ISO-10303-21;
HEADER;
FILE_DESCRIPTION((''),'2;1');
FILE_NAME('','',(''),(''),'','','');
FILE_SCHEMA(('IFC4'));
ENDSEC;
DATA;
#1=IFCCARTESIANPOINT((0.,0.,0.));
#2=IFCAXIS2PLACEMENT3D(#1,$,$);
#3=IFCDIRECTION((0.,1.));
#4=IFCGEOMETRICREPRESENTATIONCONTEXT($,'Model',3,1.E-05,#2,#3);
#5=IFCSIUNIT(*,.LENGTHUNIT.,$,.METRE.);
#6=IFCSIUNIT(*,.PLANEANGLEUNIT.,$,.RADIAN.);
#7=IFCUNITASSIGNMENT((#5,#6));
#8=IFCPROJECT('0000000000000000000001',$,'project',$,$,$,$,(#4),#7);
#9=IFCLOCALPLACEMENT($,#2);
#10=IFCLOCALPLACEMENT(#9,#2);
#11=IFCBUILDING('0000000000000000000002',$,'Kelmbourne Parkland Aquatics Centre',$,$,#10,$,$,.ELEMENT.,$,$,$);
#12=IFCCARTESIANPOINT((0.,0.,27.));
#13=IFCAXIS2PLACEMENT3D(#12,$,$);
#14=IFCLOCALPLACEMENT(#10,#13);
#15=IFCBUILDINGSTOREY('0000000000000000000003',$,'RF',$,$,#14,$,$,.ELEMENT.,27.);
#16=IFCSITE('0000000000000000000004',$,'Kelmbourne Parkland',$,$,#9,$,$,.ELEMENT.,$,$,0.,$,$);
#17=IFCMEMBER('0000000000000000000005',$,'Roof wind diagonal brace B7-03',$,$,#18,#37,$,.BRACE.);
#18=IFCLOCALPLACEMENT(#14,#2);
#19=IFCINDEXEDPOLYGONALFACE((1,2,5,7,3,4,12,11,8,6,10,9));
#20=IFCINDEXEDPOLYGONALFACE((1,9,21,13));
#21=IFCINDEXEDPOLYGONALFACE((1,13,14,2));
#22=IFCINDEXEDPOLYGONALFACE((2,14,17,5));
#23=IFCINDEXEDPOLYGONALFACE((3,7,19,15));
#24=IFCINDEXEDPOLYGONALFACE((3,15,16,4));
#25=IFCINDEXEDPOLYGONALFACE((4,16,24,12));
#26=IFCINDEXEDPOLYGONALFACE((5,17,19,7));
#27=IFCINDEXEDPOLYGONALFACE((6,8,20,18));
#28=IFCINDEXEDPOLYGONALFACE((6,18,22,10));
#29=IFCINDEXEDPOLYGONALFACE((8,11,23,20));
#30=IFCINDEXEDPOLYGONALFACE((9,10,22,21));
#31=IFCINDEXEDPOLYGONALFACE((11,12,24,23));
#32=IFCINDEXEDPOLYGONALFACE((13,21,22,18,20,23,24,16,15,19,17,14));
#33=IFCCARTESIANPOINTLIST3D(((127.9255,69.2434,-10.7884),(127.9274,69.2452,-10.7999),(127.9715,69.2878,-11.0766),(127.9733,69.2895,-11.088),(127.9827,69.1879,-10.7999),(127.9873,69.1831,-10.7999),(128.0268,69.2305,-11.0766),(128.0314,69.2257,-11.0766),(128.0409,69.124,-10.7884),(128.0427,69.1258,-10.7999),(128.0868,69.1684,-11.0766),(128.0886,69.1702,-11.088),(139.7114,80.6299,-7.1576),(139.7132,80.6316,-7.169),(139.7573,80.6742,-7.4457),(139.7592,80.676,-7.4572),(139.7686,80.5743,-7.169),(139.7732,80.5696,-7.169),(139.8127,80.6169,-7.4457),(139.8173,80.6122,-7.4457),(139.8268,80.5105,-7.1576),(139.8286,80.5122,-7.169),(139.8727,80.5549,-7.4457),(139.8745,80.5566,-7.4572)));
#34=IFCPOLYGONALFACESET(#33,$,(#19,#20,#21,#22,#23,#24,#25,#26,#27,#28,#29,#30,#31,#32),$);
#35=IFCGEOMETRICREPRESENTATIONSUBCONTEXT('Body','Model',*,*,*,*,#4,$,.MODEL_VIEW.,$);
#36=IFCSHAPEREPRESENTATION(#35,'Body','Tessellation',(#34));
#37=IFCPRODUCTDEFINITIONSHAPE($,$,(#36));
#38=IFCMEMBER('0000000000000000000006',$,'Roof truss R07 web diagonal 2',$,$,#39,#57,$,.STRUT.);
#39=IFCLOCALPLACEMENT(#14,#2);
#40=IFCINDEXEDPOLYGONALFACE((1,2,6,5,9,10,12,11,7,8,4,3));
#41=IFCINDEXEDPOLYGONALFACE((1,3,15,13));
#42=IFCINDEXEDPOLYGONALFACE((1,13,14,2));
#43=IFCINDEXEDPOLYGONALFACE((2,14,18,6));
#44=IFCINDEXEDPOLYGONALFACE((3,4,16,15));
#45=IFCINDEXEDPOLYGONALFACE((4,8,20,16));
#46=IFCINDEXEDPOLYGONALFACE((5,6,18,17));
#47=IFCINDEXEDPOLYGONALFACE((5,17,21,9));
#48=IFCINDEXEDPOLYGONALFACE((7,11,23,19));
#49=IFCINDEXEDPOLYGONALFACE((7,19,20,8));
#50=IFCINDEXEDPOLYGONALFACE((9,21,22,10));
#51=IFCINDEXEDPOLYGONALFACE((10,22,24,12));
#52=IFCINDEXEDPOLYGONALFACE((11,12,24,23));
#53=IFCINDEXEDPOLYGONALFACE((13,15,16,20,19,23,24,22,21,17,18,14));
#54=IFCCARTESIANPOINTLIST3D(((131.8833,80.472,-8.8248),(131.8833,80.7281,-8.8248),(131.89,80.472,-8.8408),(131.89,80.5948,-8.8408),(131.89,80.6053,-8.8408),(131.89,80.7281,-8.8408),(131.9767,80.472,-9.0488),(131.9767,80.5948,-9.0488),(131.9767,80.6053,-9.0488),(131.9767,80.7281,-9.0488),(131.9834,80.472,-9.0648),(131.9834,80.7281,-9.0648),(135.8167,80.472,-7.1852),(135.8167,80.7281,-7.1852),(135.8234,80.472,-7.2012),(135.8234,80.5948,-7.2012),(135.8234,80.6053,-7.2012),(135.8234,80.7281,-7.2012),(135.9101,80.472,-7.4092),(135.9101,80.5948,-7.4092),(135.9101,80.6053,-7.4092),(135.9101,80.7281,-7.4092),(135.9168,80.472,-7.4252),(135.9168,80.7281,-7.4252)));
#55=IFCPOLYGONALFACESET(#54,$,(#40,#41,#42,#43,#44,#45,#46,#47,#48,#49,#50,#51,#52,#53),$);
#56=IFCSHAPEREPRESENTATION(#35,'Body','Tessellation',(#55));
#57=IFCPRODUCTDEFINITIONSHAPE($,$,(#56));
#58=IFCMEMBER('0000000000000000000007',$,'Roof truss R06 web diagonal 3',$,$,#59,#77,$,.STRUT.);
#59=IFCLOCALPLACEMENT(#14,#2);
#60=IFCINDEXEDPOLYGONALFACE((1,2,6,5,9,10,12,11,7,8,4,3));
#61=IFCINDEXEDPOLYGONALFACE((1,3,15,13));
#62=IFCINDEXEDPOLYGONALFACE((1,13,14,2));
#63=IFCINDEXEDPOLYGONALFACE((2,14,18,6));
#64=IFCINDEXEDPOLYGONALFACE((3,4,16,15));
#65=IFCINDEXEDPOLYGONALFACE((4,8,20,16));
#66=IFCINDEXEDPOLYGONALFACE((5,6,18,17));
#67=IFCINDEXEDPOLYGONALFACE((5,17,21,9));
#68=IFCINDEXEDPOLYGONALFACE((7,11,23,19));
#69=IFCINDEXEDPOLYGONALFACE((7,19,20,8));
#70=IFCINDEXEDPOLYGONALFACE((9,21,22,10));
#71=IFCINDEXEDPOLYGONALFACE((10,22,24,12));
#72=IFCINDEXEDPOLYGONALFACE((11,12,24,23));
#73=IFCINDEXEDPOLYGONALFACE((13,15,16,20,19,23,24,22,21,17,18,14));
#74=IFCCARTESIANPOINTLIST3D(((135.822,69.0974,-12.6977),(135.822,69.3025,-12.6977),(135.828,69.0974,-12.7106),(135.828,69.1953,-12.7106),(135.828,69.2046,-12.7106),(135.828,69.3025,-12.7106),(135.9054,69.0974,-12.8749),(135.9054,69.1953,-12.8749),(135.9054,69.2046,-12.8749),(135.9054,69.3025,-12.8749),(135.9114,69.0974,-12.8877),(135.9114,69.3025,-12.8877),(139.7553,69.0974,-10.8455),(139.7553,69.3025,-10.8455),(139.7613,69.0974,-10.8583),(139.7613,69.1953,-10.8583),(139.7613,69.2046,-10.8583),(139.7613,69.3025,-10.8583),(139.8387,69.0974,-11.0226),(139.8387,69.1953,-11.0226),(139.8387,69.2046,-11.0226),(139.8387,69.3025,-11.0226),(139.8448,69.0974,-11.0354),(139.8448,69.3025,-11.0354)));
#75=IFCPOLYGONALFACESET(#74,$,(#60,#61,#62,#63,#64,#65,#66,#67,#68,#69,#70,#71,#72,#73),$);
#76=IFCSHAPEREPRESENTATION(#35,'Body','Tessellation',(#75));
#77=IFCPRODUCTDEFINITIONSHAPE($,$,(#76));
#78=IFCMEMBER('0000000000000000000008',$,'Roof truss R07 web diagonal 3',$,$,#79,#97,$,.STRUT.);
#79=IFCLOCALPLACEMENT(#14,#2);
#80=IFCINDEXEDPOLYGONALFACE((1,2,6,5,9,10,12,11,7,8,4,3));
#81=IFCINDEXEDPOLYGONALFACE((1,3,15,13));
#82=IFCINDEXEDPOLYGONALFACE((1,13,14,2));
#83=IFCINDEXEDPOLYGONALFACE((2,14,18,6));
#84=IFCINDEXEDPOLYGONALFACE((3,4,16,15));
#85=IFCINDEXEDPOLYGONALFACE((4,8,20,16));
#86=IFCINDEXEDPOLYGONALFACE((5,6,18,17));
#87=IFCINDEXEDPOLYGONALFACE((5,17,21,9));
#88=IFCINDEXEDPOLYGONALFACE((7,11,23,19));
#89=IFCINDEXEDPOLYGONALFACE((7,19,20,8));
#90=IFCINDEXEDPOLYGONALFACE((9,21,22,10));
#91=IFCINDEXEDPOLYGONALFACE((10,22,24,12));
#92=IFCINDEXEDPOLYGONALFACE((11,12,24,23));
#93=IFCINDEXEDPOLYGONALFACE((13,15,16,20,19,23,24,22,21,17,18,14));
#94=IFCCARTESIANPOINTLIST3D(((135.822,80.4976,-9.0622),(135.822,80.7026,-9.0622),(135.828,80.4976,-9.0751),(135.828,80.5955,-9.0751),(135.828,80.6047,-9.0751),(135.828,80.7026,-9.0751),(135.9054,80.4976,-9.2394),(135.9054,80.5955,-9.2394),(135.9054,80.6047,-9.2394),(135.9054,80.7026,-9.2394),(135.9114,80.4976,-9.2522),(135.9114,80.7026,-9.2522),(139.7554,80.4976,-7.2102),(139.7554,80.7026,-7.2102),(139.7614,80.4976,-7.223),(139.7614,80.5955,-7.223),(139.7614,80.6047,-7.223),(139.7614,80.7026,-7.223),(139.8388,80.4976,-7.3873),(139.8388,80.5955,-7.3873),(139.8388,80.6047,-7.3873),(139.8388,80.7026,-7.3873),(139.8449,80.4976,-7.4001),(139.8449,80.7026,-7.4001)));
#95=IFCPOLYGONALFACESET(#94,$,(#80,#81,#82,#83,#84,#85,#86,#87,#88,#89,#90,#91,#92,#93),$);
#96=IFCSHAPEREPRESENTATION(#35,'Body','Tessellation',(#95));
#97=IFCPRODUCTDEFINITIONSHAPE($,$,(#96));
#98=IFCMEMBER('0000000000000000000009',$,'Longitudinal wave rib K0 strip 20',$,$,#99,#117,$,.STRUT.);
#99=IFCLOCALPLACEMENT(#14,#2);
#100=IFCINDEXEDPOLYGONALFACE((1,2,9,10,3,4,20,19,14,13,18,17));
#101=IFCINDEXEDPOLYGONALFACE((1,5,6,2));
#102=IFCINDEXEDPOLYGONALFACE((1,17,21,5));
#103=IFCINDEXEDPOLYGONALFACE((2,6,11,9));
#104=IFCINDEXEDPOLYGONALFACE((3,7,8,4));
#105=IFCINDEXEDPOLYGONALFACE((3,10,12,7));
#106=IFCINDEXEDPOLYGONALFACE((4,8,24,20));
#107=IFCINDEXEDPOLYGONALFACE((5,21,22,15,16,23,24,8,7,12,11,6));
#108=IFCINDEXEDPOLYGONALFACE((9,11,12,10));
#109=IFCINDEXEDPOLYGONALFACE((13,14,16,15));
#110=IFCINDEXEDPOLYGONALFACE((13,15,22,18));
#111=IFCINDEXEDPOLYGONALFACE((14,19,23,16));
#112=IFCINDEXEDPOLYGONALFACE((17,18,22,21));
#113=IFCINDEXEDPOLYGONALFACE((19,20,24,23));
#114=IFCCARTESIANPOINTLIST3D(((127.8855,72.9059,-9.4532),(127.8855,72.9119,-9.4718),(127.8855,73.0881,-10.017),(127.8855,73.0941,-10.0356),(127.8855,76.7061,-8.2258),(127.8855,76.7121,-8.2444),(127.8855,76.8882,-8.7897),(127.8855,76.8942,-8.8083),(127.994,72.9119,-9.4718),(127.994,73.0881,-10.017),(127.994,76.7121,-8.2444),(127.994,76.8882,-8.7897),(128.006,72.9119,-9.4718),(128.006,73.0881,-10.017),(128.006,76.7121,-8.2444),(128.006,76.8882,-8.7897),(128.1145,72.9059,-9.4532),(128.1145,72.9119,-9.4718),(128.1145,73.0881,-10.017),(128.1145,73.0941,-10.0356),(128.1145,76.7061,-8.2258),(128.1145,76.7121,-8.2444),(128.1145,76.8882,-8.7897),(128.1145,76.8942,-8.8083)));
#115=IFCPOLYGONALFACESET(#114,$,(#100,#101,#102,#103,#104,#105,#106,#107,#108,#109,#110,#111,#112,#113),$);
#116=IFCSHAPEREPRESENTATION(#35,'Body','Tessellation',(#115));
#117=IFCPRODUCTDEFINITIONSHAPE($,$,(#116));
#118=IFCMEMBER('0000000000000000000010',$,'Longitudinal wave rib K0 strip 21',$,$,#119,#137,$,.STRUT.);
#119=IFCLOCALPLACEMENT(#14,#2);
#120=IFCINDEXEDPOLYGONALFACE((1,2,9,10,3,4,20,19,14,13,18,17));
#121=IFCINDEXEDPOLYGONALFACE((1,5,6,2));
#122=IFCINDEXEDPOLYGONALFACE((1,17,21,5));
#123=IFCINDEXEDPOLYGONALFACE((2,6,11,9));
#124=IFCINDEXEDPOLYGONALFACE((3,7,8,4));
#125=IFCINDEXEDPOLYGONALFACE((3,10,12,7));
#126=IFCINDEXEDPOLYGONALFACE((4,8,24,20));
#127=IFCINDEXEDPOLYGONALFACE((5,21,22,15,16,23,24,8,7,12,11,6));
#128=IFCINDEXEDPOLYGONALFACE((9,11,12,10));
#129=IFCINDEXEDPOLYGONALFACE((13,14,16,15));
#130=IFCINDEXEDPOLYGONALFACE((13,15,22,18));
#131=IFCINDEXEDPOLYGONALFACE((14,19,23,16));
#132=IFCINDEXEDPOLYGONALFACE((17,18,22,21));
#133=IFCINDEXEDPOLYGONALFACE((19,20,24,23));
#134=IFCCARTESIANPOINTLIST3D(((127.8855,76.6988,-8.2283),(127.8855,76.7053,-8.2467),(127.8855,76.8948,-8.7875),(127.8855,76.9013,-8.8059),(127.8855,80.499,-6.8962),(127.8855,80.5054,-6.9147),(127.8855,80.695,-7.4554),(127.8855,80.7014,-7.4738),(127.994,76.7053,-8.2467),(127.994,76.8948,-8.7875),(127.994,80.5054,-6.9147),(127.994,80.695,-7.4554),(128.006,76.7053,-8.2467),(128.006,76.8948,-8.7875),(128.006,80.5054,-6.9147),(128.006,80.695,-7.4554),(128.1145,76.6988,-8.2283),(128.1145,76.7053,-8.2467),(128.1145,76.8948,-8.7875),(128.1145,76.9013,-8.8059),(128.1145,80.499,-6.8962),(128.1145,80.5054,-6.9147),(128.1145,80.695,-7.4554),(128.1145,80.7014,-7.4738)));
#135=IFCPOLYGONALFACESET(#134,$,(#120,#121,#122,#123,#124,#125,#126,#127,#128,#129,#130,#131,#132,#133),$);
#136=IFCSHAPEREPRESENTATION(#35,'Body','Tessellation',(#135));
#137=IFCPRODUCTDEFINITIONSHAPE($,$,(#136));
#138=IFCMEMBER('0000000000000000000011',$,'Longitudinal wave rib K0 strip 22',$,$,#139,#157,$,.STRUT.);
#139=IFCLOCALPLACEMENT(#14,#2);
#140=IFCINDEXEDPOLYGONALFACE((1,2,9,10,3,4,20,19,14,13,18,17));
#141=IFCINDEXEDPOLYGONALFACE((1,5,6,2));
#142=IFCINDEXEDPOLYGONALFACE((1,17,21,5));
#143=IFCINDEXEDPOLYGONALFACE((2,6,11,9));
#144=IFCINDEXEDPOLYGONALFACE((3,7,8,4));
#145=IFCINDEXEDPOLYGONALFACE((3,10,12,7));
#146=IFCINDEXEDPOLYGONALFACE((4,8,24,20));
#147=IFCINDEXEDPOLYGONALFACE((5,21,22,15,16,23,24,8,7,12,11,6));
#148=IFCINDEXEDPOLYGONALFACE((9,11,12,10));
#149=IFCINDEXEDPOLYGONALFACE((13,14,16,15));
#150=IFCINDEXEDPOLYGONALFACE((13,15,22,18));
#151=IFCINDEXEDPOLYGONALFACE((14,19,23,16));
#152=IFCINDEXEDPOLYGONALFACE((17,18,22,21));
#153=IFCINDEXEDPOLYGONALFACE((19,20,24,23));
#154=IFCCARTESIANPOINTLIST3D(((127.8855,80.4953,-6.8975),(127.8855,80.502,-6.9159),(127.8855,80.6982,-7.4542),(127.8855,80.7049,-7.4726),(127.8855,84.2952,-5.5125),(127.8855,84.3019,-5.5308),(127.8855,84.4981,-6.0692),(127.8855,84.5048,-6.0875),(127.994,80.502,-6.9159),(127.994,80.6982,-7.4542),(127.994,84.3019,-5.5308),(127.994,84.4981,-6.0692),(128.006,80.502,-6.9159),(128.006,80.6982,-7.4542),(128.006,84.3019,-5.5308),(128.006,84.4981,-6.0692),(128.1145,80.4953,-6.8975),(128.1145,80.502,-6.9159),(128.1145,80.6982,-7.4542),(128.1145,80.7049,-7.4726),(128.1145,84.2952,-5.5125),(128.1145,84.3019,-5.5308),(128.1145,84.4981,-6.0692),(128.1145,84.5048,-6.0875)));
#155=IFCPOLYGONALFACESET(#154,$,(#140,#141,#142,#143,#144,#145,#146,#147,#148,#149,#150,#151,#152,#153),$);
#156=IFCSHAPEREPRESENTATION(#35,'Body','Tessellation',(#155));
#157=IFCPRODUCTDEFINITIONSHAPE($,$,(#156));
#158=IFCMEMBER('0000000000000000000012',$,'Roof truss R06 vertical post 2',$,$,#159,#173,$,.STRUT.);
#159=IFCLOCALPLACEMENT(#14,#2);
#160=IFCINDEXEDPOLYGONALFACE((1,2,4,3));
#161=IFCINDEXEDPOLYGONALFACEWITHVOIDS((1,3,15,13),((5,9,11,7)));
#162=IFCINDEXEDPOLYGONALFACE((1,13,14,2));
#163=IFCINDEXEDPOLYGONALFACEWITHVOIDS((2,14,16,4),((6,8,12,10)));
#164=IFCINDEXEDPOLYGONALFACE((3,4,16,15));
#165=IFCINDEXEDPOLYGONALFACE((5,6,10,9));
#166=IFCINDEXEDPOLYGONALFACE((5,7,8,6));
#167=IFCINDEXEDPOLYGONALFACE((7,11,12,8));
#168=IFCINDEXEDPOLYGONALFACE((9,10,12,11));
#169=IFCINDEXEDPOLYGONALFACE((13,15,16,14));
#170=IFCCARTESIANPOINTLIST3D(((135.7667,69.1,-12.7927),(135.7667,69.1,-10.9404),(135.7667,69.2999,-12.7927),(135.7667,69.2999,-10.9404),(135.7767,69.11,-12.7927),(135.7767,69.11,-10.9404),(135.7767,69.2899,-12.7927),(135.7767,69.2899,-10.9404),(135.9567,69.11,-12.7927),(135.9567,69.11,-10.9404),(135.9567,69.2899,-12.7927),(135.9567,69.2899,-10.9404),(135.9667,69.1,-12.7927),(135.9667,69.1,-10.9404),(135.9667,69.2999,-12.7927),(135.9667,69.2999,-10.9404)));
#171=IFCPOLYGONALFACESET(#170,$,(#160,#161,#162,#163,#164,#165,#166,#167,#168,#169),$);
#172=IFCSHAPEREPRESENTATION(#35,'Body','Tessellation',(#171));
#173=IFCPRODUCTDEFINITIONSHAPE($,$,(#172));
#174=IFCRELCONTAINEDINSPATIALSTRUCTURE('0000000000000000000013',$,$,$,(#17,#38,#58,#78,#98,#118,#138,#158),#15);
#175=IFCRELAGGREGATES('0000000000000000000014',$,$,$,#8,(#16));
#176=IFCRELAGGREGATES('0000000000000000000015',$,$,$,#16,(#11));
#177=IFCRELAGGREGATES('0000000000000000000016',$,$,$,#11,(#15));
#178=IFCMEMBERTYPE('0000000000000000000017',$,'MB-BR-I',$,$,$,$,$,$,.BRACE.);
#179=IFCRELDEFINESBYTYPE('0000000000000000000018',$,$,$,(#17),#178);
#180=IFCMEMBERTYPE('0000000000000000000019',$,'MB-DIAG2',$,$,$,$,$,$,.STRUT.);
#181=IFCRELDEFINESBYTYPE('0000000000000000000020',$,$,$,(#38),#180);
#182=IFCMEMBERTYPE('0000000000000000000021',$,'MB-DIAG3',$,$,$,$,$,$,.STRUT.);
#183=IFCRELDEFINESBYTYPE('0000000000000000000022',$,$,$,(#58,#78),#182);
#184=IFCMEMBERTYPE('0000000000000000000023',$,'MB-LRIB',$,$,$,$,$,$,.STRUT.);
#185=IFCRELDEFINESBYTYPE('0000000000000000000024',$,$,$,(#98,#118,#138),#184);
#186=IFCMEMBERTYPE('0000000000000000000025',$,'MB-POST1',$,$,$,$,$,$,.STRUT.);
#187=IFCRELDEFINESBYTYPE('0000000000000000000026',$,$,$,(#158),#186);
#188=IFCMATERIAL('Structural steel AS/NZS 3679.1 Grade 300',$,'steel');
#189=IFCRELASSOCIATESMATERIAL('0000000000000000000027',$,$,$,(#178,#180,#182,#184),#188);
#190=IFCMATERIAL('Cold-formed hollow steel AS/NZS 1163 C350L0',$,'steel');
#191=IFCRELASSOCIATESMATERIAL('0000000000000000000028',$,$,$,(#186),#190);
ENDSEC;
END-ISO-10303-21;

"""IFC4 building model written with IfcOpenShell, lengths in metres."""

from ifc_helpers import new_model, si_unit, direction, frame, origin, origin_2d, place, context, subcontext, project, spatial, hollow_rectangle, i_section, extrude, material, material_profile, profile_set, type_object, element, save


model = new_model("IFC4")

# Units and contexts
model_context = context("Model", 3, precision=1e-05, world=origin(), true_north=direction((0.0, 1.0)))
body_context = subcontext(model_context, "Body", "Model", "MODEL_VIEW")
ifc_project = project(units=[si_unit("LENGTHUNIT", "METRE"), si_unit("PLANEANGLEUNIT", "RADIAN")], contexts=[model_context])

# Site, building, storey
site_placement = place(None, origin())
site = spatial("IfcSite", under=ifc_project, at=site_placement, Name="Kelmbourne Parkland", CompositionType="ELEMENT", RefElevation=0.0)
building_placement = place(site_placement, origin())
building = spatial("IfcBuilding", under=site, at=building_placement, Name="Kelmbourne Parkland Aquatics Centre", CompositionType="ELEMENT")
storey_placement = place(building_placement, frame((0.0, 0.0, 27.0)))
storey = spatial("IfcBuildingStorey", under=building, at=storey_placement, Name="RF", CompositionType="ELEMENT", Elevation=27.0)

# Members
ifc_material_1 = material(Name="Structural steel AS/NZS 3679.1 Grade 300", Category="steel")
ifc_material_profile_1 = material_profile(ifc_material_1, i_section(OverallWidth=0.166, OverallDepth=0.3069, WebThickness=0.0066, FlangeThickness=0.0117, at=origin_2d()), Name="310UB46.2")
ifc_profile_set_1 = profile_set([ifc_material_profile_1], Name="Structural steel AS/NZS 3679.1 Grade 300")
member_type_1 = type_object("IfcMemberType", Name="MB-BR-I", PredefinedType="BRACE", material=ifc_profile_set_1)
member_1_placement = place(storey_placement, frame((128.0071, 69.2068, -10.9382), z_axis=(0.702161, 0.678365, 0.216313), x_axis=(-0.694815, 0.719188, 0.0)))
element("IfcMember", 1, at=member_1_placement, inside=storey, type_object=member_type_1, Name="Roof wind diagonal brace B7-03", PredefinedType="BRACE", context=body_context, shape_type="SweptSolid", body=[
    extrude(i_section(OverallWidth=0.166, OverallDepth=0.3069, WebThickness=0.0066, FlangeThickness=0.0117, at=origin_2d()), origin(), (0.0, 0.0, 1.0), 16.7852),
])
ifc_material_profile_2 = material_profile(ifc_material_1, i_section(OverallWidth=0.2561, OverallDepth=0.26, WebThickness=0.0105, FlangeThickness=0.0173, at=origin_2d()), Name="250UC89.5")
ifc_profile_set_2 = profile_set([ifc_material_profile_2], Name="Structural steel AS/NZS 3679.1 Grade 300")
member_type_2 = type_object("IfcMemberType", Name="MB-DIAG2", PredefinedType="STRUT", material=ifc_profile_set_2)
member_2_placement = place(storey_placement, frame((131.9333, 80.6001, -8.9448), z_axis=(0.923014, 0.0, 0.384766), x_axis=(0.0, 1.0, 0.0)))
element("IfcMember", 2, at=member_2_placement, inside=storey, type_object=member_type_2, Name="Roof truss R07 web diagonal 2", PredefinedType="STRUT", context=body_context, shape_type="SweptSolid", body=[
    extrude(i_section(OverallWidth=0.2561, OverallDepth=0.26, WebThickness=0.0105, FlangeThickness=0.0173, at=origin_2d()), origin(), (0.0, 0.0, 1.0), 4.2615),
])
ifc_material_profile_3 = material_profile(ifc_material_1, i_section(OverallWidth=0.2051, OverallDepth=0.21, WebThickness=0.0093, FlangeThickness=0.0142, at=origin_2d()), Name="200UC59.5")
ifc_profile_set_3 = profile_set([ifc_material_profile_3], Name="Structural steel AS/NZS 3679.1 Grade 300")
member_type_3 = type_object("IfcMemberType", Name="MB-DIAG3", PredefinedType="STRUT", material=ifc_profile_set_3)
for number, where, z_axis, x_axis, name in (
    (3, (135.8667, 69.2, -12.7927), (0.904703, 0.0, 0.426043), (0.0, 1.0, 0.0), "Roof truss R06 web diagonal 3"),
    (4, (135.8667, 80.6001, -9.1572), (0.904725, 0.0, 0.425997), (0.0, 1.0, 0.0), "Roof truss R07 web diagonal 3"),
):
    element("IfcMember", number, at=place(storey_placement, frame(where, z_axis=z_axis, x_axis=x_axis)), inside=storey, type_object=member_type_3, Name=name, PredefinedType="STRUT", context=body_context, shape_type="SweptSolid", body=[
        extrude(i_section(OverallWidth=0.2051, OverallDepth=0.21, WebThickness=0.0093, FlangeThickness=0.0142, at=origin_2d()), origin(), (0.0, 0.0, 1.0), 4.3477),
    ])
ifc_material_profile_4 = material_profile(ifc_material_1, i_section(OverallWidth=0.229, OverallDepth=0.6121, WebThickness=0.012, FlangeThickness=0.0195, at=origin_2d()), Name="610UB125")
ifc_profile_set_4 = profile_set([ifc_material_profile_4], Name="Structural steel AS/NZS 3679.1 Grade 300")
member_type_4 = type_object("IfcMemberType", Name="MB-LRIB", PredefinedType="STRUT", material=ifc_profile_set_4)
member_3_placement = place(storey_placement, frame((128.0, 73.0, -9.7444), z_axis=(0.0, 0.951601, 0.307337), x_axis=(-1.0, 0.0, 0.0)))
element("IfcMember", 5, at=member_3_placement, inside=storey, type_object=member_type_4, Name="Longitudinal wave rib K0 strip 20", PredefinedType="STRUT", context=body_context, shape_type="SweptSolid", body=[
    extrude(i_section(OverallWidth=0.229, OverallDepth=0.6121, WebThickness=0.012, FlangeThickness=0.0195, at=origin_2d()), origin(), (0.0, 0.0, 1.0), 3.9934),
])
member_4_placement = place(storey_placement, frame((128.0, 76.8, -8.5171), z_axis=(0.0, 0.943702, 0.330796), x_axis=(-1.0, 0.0, 0.0)))
element("IfcMember", 6, at=member_4_placement, inside=storey, type_object=member_type_4, Name="Longitudinal wave rib K0 strip 21", PredefinedType="STRUT", context=body_context, shape_type="SweptSolid", body=[
    extrude(i_section(OverallWidth=0.229, OverallDepth=0.6121, WebThickness=0.012, FlangeThickness=0.0195, at=origin_2d()), origin(), (0.0, 0.0, 1.0), 4.0269),
])
member_5_placement = place(storey_placement, frame((128.0, 80.6001, -7.1851), z_axis=(0.0, 0.939534, 0.342455), x_axis=(-1.0, 0.0, 0.0)))
element("IfcMember", 7, at=member_5_placement, inside=storey, type_object=member_type_4, Name="Longitudinal wave rib K0 strip 22", PredefinedType="STRUT", context=body_context, shape_type="SweptSolid", body=[
    extrude(i_section(OverallWidth=0.229, OverallDepth=0.6121, WebThickness=0.012, FlangeThickness=0.0195, at=origin_2d()), origin(), (0.0, 0.0, 1.0), 4.0444),
])
ifc_material_2 = material(Name="Cold-formed hollow steel AS/NZS 1163 C350L0", Category="steel")
ifc_material_profile_5 = material_profile(ifc_material_2, hollow_rectangle(XDim=0.2, YDim=0.2, WallThickness=0.01, at=origin_2d()), Name="SHS 200x200x10.0")
ifc_profile_set_5 = profile_set([ifc_material_profile_5], Name="Cold-formed hollow steel AS/NZS 1163 C350L0")
member_type_5 = type_object("IfcMemberType", Name="MB-POST1", PredefinedType="STRUT", material=ifc_profile_set_5)
member_6_placement = place(storey_placement, frame((135.8667, 69.2, -12.7927), z_axis=(0.0, 0.0, 1.0), x_axis=(1.0, 0.0, 0.0)))
element("IfcMember", 8, at=member_6_placement, inside=storey, type_object=member_type_5, Name="Roof truss R06 vertical post 2", PredefinedType="STRUT", context=body_context, shape_type="SweptSolid", body=[
    extrude(hollow_rectangle(XDim=0.2, YDim=0.2, WallThickness=0.01, at=origin_2d()), origin(), (0.0, 0.0, 1.0), 1.8523),
])

save(model, "model.ifc")
